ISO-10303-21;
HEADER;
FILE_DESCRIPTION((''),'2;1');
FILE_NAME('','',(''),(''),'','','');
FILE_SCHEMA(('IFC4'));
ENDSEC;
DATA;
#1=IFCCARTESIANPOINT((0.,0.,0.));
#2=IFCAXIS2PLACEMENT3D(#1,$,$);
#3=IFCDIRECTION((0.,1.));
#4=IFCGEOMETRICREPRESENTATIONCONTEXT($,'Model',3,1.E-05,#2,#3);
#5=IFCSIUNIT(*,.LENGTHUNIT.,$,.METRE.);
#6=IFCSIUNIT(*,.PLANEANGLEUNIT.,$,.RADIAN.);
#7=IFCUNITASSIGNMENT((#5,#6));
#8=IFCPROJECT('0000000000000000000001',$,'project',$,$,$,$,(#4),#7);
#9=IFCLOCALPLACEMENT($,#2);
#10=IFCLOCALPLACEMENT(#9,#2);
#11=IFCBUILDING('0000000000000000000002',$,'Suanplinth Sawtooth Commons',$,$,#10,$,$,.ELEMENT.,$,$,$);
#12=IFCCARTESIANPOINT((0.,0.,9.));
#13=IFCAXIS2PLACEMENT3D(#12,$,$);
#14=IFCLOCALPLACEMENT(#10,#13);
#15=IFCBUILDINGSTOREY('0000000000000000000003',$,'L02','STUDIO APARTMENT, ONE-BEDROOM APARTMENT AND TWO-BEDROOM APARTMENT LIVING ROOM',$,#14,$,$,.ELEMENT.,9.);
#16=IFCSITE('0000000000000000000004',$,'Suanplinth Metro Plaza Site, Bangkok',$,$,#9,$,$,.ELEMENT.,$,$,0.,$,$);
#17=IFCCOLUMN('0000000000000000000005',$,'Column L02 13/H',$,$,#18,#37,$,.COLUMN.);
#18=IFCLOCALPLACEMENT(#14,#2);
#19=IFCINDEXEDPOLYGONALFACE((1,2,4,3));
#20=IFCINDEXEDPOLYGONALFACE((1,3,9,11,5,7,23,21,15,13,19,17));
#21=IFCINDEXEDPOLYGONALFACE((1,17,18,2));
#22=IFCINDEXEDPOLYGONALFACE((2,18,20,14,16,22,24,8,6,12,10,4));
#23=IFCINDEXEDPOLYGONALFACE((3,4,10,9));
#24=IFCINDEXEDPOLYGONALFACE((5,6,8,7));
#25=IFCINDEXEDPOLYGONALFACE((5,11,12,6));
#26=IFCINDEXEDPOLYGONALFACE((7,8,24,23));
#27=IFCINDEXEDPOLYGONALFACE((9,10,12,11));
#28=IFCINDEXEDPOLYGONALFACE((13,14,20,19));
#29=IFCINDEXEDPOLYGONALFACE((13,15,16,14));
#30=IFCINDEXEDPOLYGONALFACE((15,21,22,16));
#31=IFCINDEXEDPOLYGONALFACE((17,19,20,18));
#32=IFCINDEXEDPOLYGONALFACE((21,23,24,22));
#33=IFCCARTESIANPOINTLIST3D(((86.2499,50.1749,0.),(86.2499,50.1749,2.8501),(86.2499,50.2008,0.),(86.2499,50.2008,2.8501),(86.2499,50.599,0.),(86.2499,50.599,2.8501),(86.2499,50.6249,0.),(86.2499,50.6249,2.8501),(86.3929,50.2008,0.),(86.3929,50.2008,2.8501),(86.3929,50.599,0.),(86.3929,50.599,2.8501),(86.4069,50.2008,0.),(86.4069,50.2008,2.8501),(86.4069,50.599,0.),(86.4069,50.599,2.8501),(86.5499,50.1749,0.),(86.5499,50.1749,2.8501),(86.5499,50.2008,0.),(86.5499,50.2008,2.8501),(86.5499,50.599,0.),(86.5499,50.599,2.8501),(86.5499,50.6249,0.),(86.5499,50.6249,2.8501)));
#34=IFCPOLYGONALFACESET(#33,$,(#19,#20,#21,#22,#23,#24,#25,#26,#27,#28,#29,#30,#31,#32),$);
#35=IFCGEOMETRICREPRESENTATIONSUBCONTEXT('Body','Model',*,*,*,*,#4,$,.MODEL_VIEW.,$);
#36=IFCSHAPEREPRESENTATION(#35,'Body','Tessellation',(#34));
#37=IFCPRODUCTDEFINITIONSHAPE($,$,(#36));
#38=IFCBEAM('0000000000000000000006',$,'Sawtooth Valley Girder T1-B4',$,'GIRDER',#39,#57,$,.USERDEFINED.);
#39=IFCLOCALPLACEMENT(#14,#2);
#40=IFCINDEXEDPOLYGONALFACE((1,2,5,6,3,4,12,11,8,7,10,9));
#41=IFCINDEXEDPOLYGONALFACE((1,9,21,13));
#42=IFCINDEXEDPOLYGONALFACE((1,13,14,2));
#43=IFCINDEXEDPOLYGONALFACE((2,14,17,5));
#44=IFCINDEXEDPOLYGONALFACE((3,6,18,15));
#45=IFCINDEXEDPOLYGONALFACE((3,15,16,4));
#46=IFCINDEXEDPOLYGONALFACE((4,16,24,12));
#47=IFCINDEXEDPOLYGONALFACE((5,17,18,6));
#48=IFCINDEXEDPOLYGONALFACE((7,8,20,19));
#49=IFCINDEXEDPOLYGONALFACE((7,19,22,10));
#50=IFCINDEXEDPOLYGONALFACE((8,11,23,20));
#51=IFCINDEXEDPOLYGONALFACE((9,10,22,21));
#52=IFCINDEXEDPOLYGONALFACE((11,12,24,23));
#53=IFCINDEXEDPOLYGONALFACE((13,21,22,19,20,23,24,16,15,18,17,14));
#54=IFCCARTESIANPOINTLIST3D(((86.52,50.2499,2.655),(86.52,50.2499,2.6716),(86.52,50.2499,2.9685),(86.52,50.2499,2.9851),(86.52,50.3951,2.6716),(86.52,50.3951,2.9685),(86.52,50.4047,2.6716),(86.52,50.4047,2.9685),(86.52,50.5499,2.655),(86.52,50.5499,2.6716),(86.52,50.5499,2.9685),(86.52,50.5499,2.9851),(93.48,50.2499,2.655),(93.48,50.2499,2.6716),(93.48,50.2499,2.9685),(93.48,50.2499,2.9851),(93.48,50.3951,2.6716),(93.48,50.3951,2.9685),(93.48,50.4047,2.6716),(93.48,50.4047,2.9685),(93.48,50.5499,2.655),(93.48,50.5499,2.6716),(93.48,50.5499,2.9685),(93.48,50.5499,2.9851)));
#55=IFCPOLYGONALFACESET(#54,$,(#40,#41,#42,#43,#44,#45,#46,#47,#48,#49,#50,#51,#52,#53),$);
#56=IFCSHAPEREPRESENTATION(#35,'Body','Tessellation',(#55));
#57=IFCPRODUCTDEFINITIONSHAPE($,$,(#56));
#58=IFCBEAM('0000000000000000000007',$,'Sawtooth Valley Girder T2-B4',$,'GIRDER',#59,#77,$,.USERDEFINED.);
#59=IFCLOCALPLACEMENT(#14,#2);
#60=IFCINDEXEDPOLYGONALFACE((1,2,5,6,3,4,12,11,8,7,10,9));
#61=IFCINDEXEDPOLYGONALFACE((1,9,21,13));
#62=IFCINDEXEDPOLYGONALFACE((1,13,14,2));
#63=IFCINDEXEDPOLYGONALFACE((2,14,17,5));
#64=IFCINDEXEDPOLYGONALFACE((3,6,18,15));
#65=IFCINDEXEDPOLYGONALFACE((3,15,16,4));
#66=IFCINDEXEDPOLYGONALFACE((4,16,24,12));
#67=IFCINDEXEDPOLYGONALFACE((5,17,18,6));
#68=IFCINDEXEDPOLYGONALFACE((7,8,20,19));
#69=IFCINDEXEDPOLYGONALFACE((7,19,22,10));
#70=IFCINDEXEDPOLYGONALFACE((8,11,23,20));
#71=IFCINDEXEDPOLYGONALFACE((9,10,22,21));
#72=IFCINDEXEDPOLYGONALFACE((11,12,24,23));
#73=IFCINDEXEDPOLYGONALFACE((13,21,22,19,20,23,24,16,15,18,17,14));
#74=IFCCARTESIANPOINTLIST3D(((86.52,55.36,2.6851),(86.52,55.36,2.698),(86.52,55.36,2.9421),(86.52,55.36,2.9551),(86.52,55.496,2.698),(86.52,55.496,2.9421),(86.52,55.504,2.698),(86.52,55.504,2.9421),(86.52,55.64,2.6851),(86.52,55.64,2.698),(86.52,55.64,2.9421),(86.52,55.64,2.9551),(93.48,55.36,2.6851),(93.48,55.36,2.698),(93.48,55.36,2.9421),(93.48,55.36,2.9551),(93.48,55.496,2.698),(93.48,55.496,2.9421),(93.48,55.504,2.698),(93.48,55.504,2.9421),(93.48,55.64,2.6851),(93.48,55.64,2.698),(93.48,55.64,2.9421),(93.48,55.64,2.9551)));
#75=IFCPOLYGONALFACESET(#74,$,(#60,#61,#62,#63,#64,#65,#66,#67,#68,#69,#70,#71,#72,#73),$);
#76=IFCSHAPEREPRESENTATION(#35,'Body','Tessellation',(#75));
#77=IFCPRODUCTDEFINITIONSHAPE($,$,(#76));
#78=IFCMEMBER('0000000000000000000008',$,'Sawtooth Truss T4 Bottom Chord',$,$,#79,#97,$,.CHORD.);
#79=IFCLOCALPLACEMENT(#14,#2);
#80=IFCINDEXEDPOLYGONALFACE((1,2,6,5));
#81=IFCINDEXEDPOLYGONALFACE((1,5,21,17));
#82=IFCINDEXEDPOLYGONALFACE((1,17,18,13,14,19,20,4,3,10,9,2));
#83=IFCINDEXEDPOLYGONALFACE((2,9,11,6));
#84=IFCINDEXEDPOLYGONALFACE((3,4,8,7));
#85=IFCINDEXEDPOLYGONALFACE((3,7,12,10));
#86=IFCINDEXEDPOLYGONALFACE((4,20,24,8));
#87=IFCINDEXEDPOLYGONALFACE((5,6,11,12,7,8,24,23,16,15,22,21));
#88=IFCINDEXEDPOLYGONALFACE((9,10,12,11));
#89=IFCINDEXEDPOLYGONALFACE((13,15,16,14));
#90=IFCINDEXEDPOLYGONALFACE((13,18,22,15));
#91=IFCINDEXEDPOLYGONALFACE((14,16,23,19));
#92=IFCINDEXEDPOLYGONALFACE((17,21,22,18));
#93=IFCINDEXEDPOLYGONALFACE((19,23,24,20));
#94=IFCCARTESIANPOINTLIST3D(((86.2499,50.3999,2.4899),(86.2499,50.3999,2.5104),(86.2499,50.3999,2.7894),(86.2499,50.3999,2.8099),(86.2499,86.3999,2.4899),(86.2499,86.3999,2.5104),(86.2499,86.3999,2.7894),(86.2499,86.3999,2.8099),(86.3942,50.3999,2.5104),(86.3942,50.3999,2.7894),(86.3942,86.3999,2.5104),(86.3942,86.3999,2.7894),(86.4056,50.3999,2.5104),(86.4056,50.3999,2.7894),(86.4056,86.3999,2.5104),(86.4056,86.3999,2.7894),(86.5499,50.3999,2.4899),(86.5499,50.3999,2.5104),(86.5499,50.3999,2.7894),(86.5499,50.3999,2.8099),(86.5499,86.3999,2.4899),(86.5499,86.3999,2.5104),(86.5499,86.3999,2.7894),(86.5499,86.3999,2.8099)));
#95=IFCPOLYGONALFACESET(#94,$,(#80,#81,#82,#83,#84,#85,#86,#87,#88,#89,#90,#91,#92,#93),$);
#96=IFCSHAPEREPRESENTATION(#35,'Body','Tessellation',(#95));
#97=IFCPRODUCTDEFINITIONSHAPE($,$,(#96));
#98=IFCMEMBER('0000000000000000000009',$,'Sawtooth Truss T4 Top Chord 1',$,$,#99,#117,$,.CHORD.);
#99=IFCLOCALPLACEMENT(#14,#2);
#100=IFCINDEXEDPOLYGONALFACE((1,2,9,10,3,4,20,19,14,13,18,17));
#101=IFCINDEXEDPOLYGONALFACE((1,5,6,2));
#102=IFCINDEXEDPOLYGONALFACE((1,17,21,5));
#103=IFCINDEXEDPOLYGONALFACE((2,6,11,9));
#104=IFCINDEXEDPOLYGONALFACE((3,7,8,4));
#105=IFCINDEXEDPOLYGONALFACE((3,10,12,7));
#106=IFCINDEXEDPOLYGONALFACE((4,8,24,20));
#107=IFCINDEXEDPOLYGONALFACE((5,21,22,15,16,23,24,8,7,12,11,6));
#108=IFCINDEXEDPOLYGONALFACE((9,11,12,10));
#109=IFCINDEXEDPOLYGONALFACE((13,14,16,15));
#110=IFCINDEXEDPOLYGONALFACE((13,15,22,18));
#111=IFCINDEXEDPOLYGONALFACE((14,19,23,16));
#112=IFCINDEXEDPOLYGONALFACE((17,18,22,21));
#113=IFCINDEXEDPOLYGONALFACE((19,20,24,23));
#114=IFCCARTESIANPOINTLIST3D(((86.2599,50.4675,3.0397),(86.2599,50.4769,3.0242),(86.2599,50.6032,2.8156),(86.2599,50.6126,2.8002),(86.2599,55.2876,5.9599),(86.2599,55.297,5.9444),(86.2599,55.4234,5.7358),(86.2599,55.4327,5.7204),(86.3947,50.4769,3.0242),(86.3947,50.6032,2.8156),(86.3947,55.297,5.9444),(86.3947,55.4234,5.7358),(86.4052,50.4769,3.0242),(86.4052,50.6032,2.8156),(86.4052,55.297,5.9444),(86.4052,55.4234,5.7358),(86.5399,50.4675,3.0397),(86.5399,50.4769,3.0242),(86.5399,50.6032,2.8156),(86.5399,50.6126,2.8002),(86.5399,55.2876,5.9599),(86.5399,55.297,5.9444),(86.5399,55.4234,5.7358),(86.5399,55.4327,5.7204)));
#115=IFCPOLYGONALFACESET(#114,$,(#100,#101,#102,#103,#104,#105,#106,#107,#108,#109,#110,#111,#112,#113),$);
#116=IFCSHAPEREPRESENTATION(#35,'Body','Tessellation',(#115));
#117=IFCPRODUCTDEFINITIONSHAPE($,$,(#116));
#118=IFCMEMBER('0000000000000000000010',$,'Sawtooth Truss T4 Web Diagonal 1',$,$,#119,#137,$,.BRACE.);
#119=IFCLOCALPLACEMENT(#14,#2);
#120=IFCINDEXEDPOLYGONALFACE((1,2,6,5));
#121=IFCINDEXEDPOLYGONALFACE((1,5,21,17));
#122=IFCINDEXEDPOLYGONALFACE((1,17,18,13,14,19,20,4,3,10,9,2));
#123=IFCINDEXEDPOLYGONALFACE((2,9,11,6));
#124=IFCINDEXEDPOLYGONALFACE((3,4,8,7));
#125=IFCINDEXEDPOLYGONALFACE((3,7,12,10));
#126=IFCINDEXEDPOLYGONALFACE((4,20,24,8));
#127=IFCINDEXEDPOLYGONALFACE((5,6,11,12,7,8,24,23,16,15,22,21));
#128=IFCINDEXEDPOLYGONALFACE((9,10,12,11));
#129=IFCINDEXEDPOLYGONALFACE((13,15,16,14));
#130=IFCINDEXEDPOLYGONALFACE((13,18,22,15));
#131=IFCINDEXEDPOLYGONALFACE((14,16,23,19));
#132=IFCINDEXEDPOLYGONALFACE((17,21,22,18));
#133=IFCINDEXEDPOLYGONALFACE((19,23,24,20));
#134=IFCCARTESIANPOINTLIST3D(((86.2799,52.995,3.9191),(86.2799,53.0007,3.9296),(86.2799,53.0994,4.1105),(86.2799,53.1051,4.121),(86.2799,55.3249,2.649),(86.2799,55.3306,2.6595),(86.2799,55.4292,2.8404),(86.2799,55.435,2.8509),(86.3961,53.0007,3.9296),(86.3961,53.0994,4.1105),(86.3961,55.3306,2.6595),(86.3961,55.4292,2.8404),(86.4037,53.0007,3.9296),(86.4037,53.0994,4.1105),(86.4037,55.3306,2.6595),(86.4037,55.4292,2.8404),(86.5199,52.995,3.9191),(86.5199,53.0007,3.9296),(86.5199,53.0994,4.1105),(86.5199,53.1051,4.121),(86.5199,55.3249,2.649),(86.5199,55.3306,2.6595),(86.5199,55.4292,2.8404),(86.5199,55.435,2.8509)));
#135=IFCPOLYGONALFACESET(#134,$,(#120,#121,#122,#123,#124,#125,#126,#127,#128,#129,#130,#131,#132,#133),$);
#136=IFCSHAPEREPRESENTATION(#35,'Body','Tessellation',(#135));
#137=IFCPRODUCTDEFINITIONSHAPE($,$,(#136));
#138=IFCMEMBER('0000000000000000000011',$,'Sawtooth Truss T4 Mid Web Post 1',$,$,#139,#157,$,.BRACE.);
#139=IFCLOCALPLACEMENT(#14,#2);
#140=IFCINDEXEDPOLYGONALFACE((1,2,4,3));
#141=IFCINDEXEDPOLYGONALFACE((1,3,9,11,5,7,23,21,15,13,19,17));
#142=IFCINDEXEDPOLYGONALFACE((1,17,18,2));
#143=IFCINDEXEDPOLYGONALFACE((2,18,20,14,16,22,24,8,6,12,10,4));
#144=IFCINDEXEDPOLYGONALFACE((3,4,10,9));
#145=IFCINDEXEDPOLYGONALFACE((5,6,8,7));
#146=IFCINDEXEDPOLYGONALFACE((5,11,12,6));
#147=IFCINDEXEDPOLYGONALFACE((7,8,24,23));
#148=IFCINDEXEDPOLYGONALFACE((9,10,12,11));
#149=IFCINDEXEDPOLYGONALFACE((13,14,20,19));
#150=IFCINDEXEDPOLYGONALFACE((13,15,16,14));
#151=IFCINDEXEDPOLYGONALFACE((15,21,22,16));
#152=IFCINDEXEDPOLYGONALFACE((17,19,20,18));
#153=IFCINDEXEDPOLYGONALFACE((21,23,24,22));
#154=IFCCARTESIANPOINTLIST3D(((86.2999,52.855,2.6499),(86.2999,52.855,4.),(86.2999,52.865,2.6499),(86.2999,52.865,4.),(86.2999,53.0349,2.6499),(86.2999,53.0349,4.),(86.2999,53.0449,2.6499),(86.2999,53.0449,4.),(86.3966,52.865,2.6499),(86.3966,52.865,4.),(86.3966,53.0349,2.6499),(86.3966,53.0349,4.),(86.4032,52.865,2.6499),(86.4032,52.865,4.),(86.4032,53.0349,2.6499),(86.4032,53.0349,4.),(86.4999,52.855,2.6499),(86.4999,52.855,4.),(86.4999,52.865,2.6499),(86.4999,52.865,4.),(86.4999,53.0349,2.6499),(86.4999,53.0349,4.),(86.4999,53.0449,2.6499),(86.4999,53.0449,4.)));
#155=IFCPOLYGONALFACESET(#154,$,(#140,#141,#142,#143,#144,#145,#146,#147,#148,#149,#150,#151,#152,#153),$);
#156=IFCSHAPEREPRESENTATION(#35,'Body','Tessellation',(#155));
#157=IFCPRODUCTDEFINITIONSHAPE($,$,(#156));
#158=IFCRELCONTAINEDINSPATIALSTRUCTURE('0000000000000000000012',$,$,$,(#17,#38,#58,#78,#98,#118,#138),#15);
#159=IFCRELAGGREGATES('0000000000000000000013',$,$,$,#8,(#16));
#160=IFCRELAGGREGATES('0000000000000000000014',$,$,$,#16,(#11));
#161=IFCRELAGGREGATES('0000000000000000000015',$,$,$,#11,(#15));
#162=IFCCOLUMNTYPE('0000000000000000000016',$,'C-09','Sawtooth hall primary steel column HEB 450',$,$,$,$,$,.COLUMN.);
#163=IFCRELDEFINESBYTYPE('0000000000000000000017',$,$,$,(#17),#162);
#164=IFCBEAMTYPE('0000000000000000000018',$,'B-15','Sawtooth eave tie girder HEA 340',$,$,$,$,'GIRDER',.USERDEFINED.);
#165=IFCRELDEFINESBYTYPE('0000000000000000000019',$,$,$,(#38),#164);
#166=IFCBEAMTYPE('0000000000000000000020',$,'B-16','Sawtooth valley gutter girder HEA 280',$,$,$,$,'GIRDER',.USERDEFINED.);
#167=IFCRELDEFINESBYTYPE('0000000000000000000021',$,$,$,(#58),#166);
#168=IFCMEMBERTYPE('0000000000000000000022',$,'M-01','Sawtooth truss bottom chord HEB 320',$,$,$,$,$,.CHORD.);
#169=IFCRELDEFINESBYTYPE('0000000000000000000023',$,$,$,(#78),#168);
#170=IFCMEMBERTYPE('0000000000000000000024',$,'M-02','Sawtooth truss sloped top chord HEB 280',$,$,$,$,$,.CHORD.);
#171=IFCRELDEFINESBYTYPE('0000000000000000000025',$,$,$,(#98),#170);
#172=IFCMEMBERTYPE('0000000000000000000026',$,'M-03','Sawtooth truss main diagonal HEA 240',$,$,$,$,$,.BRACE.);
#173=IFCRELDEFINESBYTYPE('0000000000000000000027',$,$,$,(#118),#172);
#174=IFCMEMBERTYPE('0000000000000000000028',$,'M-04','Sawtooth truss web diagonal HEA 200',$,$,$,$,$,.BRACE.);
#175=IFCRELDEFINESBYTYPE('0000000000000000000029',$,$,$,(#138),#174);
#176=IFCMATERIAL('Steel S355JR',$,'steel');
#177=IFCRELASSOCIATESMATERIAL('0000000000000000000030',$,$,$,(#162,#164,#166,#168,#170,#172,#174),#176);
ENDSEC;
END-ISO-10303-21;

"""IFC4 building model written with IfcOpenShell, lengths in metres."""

from ifc_helpers import new_model, si_unit, direction, frame, origin, origin_2d, place, context, subcontext, project, spatial, i_section, extrude, material, material_profile, profile_set, type_object, element, save


model = new_model("IFC4")

# Units and contexts
model_context = context("Model", 3, precision=1e-05, world=origin(), true_north=direction((0.0, 1.0)))
body_context = subcontext(model_context, "Body", "Model", "MODEL_VIEW")
ifc_project = project(units=[si_unit("LENGTHUNIT", "METRE"), si_unit("PLANEANGLEUNIT", "RADIAN")], contexts=[model_context])

# Site, building, storey
site_placement = place(None, origin())
site = spatial("IfcSite", under=ifc_project, at=site_placement, Name="Suanplinth Metro Plaza Site, Bangkok", CompositionType="ELEMENT", RefElevation=0.0)
building_placement = place(site_placement, origin())
building = spatial("IfcBuilding", under=site, at=building_placement, Name="Suanplinth Sawtooth Commons", CompositionType="ELEMENT")
storey_placement = place(building_placement, frame((0.0, 0.0, 9.0)))
storey = spatial("IfcBuildingStorey", under=building, at=storey_placement, Name="L02", Description="STUDIO APARTMENT, ONE-BEDROOM APARTMENT AND TWO-BEDROOM APARTMENT LIVING ROOM", CompositionType="ELEMENT", Elevation=9.0)

# Column
ifc_material_1 = material(Name="Steel S355JR", Category="steel")
ifc_material_profile_1 = material_profile(ifc_material_1, i_section(OverallWidth=0.3, OverallDepth=0.45, WebThickness=0.0139, FlangeThickness=0.0259, at=origin_2d()), Name="HEB 450")
ifc_profile_set_1 = profile_set([ifc_material_profile_1], Name="Steel S355JR")
column_type = type_object("IfcColumnType", Name="C-09", Description="Sawtooth hall primary steel column HEB 450", PredefinedType="COLUMN", material=ifc_profile_set_1)
column_placement = place(storey_placement, frame((86.3999, 50.3999, 0.0), z_axis=(0.0, 0.0, 1.0), x_axis=(1.0, 0.0, 0.0)))
element("IfcColumn", 1, at=column_placement, inside=storey, type_object=column_type, Name="Column L02 13/H", PredefinedType="COLUMN", context=body_context, shape_type="SweptSolid", body=[
    extrude(i_section(OverallWidth=0.3, OverallDepth=0.45, WebThickness=0.0139, FlangeThickness=0.0259, at=origin_2d()), origin(), (0.0, 0.0, 1.0), 2.8501),
])

# Beams
ifc_material_profile_2 = material_profile(ifc_material_1, i_section(OverallWidth=0.3, OverallDepth=0.3301, WebThickness=0.0095, FlangeThickness=0.0166, at=origin_2d()), Name="HEA 340")
ifc_profile_set_2 = profile_set([ifc_material_profile_2], Name="Steel S355JR")
beam_type_1 = type_object("IfcBeamType", Name="B-15", Description="Sawtooth eave tie girder HEA 340", ElementType="GIRDER", PredefinedType="USERDEFINED", material=ifc_profile_set_2)
beam_1_placement = place(storey_placement, frame((86.52, 50.3999, 2.8201), z_axis=(1.0, 0.0, 0.0), x_axis=(0.0, 1.0, 0.0)))
element("IfcBeam", 2, at=beam_1_placement, inside=storey, type_object=beam_type_1, Name="Sawtooth Valley Girder T1-B4", ObjectType="GIRDER", PredefinedType="USERDEFINED", context=body_context, shape_type="SweptSolid", body=[
    extrude(i_section(OverallWidth=0.3, OverallDepth=0.3301, WebThickness=0.0095, FlangeThickness=0.0166, at=origin_2d()), origin(), (0.0, 0.0, 1.0), 6.96),
])
ifc_material_profile_3 = material_profile(ifc_material_1, i_section(OverallWidth=0.28, OverallDepth=0.27, WebThickness=0.0081, FlangeThickness=0.0129, at=origin_2d()), Name="HEA 280")
ifc_profile_set_3 = profile_set([ifc_material_profile_3], Name="Steel S355JR")
beam_type_2 = type_object("IfcBeamType", Name="B-16", Description="Sawtooth valley gutter girder HEA 280", ElementType="GIRDER", PredefinedType="USERDEFINED", material=ifc_profile_set_3)
beam_2_placement = place(storey_placement, frame((86.52, 55.5, 2.8201), z_axis=(1.0, 0.0, 0.0), x_axis=(0.0, 1.0, 0.0)))
element("IfcBeam", 3, at=beam_2_placement, inside=storey, type_object=beam_type_2, Name="Sawtooth Valley Girder T2-B4", ObjectType="GIRDER", PredefinedType="USERDEFINED", context=body_context, shape_type="SweptSolid", body=[
    extrude(i_section(OverallWidth=0.28, OverallDepth=0.27, WebThickness=0.0081, FlangeThickness=0.0129, at=origin_2d()), origin(), (0.0, 0.0, 1.0), 6.96),
])

# Members
ifc_material_profile_4 = material_profile(ifc_material_1, i_section(OverallWidth=0.3, OverallDepth=0.3201, WebThickness=0.0115, FlangeThickness=0.0205, at=origin_2d()), Name="HEB 320")
ifc_profile_set_4 = profile_set([ifc_material_profile_4], Name="Steel S355JR")
member_type_1 = type_object("IfcMemberType", Name="M-01", Description="Sawtooth truss bottom chord HEB 320", PredefinedType="CHORD", material=ifc_profile_set_4)
member_1_placement = place(storey_placement, frame((86.3999, 50.3999, 2.6499), z_axis=(0.0, 1.0, 0.0), x_axis=(-1.0, 0.0, 0.0)))
element("IfcMember", 4, at=member_1_placement, inside=storey, type_object=member_type_1, Name="Sawtooth Truss T4 Bottom Chord", PredefinedType="CHORD", context=body_context, shape_type="SweptSolid", body=[
    extrude(i_section(OverallWidth=0.3, OverallDepth=0.3201, WebThickness=0.0115, FlangeThickness=0.0205, at=origin_2d()), origin(), (0.0, 0.0, 1.0), 36.0),
])
ifc_material_profile_5 = material_profile(ifc_material_1, i_section(OverallWidth=0.28, OverallDepth=0.28, WebThickness=0.0105, FlangeThickness=0.0181, at=origin_2d()), Name="HEB 280")
ifc_profile_set_5 = profile_set([ifc_material_profile_5], Name="Steel S355JR")
member_type_2 = type_object("IfcMemberType", Name="M-02", Description="Sawtooth truss sloped top chord HEB 280", PredefinedType="CHORD", material=ifc_profile_set_5)
member_2_placement = place(storey_placement, frame((86.3999, 50.54, 2.9199), z_axis=(0.0, 0.855283, 0.518161), x_axis=(-1.0, 0.0, 0.0)))
element("IfcMember", 5, at=member_2_placement, inside=storey, type_object=member_type_2, Name="Sawtooth Truss T4 Top Chord 1", PredefinedType="CHORD", context=body_context, shape_type="SweptSolid", body=[
    extrude(i_section(OverallWidth=0.28, OverallDepth=0.28, WebThickness=0.0105, FlangeThickness=0.0181, at=origin_2d()), origin(), (0.0, 0.0, 1.0), 5.6357),
])
ifc_material_profile_6 = material_profile(ifc_material_1, i_section(OverallWidth=0.24, OverallDepth=0.23, WebThickness=0.0076, FlangeThickness=0.012, at=origin_2d()), Name="HEA 240")
ifc_profile_set_6 = profile_set([ifc_material_profile_6], Name="Steel S355JR")
member_type_3 = type_object("IfcMemberType", Name="M-03", Description="Sawtooth truss main diagonal HEA 240", PredefinedType="BRACE", material=ifc_profile_set_6)
member_3_placement = place(storey_placement, frame((86.3999, 53.05, 4.02), z_axis=(0.0, 0.878022, -0.47862), x_axis=(-1.0, 0.0, 0.0)))
element("IfcMember", 6, at=member_3_placement, inside=storey, type_object=member_type_3, Name="Sawtooth Truss T4 Web Diagonal 1", PredefinedType="BRACE", context=body_context, shape_type="SweptSolid", body=[
    extrude(i_section(OverallWidth=0.24, OverallDepth=0.23, WebThickness=0.0076, FlangeThickness=0.012, at=origin_2d()), origin(), (0.0, 0.0, 1.0), 2.6536),
])
ifc_material_profile_7 = material_profile(ifc_material_1, i_section(OverallWidth=0.2, OverallDepth=0.1899, WebThickness=0.0066, FlangeThickness=0.01, at=origin_2d()), Name="HEA 200")
ifc_profile_set_7 = profile_set([ifc_material_profile_7], Name="Steel S355JR")
member_type_4 = type_object("IfcMemberType", Name="M-04", Description="Sawtooth truss web diagonal HEA 200", PredefinedType="BRACE", material=ifc_profile_set_7)
member_4_placement = place(storey_placement, frame((86.3999, 52.95, 2.6499), z_axis=(0.0, 0.0, 1.0), x_axis=(1.0, 0.0, 0.0)))
element("IfcMember", 7, at=member_4_placement, inside=storey, type_object=member_type_4, Name="Sawtooth Truss T4 Mid Web Post 1", PredefinedType="BRACE", context=body_context, shape_type="SweptSolid", body=[
    extrude(i_section(OverallWidth=0.2, OverallDepth=0.1899, WebThickness=0.0066, FlangeThickness=0.01, at=origin_2d()), origin(), (0.0, 0.0, 1.0), 1.3501),
])

save(model, "model.ifc")
